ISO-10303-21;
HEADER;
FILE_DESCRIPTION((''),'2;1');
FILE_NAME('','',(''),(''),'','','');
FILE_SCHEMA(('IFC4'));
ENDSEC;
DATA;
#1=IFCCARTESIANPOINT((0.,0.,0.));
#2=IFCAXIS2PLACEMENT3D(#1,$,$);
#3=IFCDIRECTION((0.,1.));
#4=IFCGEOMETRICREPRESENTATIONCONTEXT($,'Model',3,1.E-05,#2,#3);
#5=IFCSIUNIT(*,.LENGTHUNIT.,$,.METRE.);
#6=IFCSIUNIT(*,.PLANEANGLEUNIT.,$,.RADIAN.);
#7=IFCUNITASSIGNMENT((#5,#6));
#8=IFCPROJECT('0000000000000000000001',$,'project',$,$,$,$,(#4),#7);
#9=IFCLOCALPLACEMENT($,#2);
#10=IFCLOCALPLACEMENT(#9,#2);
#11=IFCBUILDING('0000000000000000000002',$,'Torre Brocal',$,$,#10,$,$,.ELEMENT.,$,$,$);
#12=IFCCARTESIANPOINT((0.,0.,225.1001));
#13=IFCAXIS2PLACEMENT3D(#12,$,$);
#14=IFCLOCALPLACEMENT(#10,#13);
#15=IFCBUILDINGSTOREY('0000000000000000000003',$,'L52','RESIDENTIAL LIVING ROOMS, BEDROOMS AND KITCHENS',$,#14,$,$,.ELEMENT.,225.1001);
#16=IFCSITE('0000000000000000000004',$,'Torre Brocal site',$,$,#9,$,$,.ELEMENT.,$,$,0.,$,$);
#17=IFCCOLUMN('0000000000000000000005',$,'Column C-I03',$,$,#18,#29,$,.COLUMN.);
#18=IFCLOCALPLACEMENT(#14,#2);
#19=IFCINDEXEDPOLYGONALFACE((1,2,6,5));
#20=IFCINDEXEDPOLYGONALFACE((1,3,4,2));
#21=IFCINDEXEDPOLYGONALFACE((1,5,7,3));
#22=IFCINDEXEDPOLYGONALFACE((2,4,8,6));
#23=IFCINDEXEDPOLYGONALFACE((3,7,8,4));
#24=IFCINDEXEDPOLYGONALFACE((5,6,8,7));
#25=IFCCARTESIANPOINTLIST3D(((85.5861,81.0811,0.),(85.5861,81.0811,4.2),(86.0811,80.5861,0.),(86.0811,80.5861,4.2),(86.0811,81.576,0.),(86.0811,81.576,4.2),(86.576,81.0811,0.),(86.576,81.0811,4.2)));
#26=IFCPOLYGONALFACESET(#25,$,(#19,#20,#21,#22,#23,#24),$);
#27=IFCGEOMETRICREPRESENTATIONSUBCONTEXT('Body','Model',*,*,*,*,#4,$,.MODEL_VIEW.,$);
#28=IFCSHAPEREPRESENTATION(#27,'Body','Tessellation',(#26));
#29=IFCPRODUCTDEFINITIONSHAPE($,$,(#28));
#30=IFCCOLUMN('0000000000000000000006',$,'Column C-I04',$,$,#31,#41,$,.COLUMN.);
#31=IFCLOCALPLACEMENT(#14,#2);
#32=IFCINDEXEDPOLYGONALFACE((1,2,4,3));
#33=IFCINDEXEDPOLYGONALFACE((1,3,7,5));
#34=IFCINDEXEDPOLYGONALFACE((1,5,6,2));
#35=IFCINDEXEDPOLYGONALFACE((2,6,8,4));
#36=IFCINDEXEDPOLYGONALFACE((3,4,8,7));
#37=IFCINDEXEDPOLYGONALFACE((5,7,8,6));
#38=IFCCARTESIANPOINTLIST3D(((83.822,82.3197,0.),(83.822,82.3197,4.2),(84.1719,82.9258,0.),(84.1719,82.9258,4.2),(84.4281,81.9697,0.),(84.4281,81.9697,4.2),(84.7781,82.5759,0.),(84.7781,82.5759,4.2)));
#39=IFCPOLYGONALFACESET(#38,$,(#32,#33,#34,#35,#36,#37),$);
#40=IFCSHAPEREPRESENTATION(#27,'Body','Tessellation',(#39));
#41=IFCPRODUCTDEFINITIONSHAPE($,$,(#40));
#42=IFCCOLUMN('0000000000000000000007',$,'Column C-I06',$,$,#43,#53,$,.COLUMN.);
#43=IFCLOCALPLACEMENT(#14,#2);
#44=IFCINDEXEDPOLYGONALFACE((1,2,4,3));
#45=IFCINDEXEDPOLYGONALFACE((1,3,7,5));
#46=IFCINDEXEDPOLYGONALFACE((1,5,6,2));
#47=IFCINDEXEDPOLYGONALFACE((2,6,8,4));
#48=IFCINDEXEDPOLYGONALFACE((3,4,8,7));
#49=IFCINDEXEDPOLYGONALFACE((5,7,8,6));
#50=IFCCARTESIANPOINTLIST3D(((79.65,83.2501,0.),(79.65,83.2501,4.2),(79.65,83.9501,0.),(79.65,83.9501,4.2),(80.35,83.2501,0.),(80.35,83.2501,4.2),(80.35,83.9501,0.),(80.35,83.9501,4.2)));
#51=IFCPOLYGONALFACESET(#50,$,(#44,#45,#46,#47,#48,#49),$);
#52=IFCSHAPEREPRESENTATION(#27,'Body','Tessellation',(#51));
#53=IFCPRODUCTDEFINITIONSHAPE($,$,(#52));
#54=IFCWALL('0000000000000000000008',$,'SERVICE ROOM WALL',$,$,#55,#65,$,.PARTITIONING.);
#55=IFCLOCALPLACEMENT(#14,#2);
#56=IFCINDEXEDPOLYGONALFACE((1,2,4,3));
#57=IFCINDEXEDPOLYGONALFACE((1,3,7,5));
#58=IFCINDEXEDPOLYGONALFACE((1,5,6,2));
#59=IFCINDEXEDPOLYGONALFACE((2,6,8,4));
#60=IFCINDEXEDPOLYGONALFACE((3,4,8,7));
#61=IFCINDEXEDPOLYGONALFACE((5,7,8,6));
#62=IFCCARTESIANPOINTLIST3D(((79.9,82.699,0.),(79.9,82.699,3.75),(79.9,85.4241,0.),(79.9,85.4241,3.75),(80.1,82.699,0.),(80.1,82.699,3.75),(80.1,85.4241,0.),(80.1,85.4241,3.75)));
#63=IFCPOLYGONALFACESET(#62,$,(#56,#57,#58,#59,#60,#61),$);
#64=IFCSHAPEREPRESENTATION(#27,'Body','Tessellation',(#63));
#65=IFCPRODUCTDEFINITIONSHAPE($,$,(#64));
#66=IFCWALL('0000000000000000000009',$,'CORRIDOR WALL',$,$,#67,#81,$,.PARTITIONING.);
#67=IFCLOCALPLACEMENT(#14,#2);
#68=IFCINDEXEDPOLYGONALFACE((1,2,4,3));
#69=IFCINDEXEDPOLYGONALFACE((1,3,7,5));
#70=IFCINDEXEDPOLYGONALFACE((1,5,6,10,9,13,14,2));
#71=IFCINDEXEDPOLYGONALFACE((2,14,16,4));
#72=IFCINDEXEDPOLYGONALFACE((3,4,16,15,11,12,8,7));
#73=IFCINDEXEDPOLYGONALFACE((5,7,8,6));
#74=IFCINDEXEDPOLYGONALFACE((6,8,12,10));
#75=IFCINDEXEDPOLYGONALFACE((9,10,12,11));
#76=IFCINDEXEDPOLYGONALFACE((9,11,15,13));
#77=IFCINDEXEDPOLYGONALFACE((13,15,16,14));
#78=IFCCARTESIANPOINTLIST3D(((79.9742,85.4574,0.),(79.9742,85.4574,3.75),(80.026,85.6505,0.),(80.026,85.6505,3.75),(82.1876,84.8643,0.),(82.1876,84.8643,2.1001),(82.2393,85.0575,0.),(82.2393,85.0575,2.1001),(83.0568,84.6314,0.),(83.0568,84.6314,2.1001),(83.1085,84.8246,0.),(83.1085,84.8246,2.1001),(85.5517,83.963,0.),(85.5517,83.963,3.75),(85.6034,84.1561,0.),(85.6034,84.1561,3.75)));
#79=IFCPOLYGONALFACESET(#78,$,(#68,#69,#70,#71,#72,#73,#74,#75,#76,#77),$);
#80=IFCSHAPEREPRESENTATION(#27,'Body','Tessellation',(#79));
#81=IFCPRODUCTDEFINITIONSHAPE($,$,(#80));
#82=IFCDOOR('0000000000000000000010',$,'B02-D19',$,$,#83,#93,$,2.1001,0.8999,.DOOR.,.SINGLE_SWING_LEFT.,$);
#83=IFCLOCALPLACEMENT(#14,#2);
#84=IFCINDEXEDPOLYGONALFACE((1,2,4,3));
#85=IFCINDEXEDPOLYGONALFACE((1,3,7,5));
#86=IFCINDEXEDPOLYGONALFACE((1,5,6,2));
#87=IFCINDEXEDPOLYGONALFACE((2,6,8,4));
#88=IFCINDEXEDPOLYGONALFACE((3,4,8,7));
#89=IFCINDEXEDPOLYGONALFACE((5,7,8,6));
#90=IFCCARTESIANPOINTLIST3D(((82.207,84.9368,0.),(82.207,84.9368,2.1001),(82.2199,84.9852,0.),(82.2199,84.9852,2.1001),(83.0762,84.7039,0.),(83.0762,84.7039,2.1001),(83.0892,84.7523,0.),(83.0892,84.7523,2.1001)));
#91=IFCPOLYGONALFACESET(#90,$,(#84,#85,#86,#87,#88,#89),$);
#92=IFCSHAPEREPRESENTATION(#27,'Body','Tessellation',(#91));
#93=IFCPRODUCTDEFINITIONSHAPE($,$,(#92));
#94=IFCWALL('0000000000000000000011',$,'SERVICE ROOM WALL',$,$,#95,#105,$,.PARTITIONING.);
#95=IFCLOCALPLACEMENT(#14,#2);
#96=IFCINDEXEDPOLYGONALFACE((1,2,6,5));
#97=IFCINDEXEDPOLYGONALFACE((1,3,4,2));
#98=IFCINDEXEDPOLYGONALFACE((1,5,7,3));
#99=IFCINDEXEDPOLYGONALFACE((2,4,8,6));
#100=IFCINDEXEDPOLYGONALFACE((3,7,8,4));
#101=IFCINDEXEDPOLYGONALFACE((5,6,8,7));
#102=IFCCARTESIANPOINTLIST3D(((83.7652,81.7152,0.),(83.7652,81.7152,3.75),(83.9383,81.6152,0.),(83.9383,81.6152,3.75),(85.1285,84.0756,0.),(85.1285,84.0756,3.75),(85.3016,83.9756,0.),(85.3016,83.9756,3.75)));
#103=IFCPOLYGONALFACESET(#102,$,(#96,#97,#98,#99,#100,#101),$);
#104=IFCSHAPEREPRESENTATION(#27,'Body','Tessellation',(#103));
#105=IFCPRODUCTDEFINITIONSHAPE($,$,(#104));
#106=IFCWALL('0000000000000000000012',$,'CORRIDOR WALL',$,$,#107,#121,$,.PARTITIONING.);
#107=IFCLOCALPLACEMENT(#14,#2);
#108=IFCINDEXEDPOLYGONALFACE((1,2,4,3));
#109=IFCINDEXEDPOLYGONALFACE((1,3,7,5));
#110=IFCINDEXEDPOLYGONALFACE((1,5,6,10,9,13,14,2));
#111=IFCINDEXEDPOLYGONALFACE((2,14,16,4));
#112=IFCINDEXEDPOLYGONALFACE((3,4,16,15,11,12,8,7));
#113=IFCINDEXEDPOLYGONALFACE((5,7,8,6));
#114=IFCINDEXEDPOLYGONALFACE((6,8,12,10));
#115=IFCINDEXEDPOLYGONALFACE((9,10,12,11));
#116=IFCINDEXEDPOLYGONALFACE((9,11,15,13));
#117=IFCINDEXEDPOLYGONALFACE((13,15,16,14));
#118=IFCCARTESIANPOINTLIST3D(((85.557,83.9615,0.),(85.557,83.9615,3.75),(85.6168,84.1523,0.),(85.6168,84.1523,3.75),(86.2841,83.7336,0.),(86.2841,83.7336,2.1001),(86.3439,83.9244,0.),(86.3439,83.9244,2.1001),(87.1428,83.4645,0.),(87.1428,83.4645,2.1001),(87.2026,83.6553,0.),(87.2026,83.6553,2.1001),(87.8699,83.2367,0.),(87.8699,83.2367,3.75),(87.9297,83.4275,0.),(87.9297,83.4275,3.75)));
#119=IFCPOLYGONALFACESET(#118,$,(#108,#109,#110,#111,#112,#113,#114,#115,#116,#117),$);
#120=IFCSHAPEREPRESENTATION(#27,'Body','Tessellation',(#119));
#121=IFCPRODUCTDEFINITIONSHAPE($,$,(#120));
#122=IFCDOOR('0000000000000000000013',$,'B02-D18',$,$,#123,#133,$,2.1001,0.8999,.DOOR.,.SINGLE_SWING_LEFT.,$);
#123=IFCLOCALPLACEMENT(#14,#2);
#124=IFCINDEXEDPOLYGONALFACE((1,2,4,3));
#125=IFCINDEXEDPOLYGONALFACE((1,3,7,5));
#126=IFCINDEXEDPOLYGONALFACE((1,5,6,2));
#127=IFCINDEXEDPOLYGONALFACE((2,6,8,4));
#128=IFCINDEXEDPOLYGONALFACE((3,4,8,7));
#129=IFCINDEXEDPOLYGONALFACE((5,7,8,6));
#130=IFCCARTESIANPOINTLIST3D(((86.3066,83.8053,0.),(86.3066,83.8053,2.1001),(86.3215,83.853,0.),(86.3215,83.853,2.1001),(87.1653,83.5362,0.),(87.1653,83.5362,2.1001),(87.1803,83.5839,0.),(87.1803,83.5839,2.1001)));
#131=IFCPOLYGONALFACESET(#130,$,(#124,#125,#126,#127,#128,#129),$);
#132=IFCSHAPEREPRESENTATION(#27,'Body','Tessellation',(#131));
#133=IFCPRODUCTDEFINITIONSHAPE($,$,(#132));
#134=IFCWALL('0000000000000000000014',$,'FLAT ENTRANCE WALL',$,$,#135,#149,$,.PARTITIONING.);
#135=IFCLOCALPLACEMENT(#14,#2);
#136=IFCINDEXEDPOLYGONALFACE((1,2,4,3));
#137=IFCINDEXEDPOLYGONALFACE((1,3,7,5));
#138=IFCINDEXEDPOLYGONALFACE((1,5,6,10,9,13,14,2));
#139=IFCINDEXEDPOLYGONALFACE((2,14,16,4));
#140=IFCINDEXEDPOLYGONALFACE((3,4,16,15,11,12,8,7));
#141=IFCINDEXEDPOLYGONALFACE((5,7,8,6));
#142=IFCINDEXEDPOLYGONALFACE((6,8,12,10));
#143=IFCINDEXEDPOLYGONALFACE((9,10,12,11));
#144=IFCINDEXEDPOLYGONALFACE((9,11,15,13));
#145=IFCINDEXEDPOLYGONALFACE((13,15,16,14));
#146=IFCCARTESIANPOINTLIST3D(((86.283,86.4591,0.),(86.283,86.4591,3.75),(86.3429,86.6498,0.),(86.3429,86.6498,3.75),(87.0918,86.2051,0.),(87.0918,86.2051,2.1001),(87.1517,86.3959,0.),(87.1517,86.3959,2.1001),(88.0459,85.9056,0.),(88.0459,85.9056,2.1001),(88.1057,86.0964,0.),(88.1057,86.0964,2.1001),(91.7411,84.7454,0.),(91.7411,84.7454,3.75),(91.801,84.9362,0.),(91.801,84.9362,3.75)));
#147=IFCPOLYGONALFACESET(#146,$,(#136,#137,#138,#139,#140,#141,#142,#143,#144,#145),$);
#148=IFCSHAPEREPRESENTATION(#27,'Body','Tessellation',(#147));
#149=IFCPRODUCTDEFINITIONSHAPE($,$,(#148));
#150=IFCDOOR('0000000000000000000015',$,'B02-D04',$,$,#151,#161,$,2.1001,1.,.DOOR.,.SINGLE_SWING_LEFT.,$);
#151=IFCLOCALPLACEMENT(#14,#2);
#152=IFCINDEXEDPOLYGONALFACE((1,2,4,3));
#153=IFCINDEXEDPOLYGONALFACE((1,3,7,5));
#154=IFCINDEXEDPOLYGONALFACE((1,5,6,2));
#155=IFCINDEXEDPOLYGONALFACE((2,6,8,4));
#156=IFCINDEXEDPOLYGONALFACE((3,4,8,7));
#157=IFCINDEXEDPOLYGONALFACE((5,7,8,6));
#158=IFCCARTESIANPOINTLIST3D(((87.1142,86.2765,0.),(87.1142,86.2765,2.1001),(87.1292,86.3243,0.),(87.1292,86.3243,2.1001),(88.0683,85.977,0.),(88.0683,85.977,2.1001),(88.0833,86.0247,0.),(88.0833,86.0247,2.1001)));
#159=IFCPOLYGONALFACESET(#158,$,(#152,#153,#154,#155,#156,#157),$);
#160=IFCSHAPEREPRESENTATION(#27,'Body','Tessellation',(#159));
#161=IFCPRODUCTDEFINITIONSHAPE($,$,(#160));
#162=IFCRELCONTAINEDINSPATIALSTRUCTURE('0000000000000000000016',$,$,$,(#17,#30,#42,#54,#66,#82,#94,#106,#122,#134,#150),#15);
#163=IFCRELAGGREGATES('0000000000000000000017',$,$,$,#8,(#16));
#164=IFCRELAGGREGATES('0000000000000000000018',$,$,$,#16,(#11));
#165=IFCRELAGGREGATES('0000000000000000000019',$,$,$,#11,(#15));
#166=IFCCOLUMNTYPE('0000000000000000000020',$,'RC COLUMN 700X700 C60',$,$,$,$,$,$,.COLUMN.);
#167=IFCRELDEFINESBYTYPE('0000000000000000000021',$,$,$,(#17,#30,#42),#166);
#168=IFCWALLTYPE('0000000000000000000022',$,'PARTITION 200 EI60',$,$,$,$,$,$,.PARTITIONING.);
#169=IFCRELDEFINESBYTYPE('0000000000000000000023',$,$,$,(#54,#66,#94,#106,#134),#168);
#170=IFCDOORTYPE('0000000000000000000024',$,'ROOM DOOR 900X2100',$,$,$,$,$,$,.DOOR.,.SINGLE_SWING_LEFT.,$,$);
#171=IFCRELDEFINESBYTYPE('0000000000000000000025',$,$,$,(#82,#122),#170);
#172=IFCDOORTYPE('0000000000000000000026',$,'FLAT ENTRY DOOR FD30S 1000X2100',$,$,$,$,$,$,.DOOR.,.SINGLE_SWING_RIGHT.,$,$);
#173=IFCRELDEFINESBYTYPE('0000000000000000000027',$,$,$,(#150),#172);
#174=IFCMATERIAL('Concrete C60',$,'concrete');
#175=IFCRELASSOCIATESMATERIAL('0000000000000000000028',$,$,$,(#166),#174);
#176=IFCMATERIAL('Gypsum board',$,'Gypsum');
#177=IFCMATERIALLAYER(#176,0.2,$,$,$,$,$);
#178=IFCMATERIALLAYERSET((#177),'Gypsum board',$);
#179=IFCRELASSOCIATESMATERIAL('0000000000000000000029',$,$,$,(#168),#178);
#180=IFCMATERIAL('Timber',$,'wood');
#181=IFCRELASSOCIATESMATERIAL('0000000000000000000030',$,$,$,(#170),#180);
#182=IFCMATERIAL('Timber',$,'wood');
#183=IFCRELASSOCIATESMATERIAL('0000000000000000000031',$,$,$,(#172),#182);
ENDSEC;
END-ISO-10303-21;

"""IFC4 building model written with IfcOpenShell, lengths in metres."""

from ifc_helpers import new_model, si_unit, direction, frame, frame_2d, origin, origin_2d, place, context, subcontext, project, spatial, rectangle, extrude, material, layer, layer_set, material_profile, profile_set, type_object, element, fill, save


model = new_model("IFC4")

# Units and contexts
model_context = context("Model", 3, precision=1e-05, world=origin(), true_north=direction((0.0, 1.0)))
body_context = subcontext(model_context, "Body", "Model", "MODEL_VIEW")
ifc_project = project(units=[si_unit("LENGTHUNIT", "METRE"), si_unit("PLANEANGLEUNIT", "RADIAN")], contexts=[model_context])

# Site, building, storey
site_placement = place(None, origin())
site = spatial("IfcSite", under=ifc_project, at=site_placement, Name="Torre Brocal site", CompositionType="ELEMENT", RefElevation=0.0)
building_placement = place(site_placement, origin())
building = spatial("IfcBuilding", under=site, at=building_placement, Name="Torre Brocal", CompositionType="ELEMENT")
storey_placement = place(building_placement, frame((0.0, 0.0, 225.1001)))
storey = spatial("IfcBuildingStorey", under=building, at=storey_placement, Name="L52", Description="RESIDENTIAL LIVING ROOMS, BEDROOMS AND KITCHENS", CompositionType="ELEMENT", Elevation=225.1001)

# Columns
ifc_material_1 = material(Name="Concrete C60", Category="concrete")
ifc_material_profile = material_profile(ifc_material_1, rectangle(XDim=0.7, YDim=0.7, at=origin_2d()), Name="RC 700X700")
ifc_profile_set = profile_set([ifc_material_profile], Name="Concrete C60")
column_type = type_object("IfcColumnType", Name="RC COLUMN 700X700 C60", PredefinedType="COLUMN", material=ifc_profile_set)
for number, where, z_axis, x_axis, name in (
    (1, (86.0811, 81.0811, 0.0), (0.0, 0.0, 1.0), (0.707107, 0.707107, 0.0), "Column C-I03"),
    (2, (84.3, 82.4478, 0.0), (0.0, 0.0, 1.0), (0.5, 0.866025, 0.0), "Column C-I04"),
    (3, (80.0, 83.6001, 0.0), (0.0, 0.0, 1.0), (0.0, 1.0, 0.0), "Column C-I06"),
):
    element("IfcColumn", number, at=place(storey_placement, frame(where, z_axis=z_axis, x_axis=x_axis)), inside=storey, type_object=column_type, Name=name, PredefinedType="COLUMN", context=body_context, shape_type="SweptSolid", body=[
        extrude(rectangle(XDim=0.7, YDim=0.7, at=origin_2d()), origin(), (0.0, 0.0, 1.0), 4.2),
    ])

# Wall
ifc_material_2 = material(Name="Gypsum board", Category="Gypsum")
ifc_layer_1 = layer(ifc_material_2, 0.2)
ifc_layer_set_1 = layer_set([ifc_layer_1], Name="Gypsum board")
wall_type_1 = type_object("IfcWallType", Name="PARTITION 200 EI60", PredefinedType="PARTITIONING", material=ifc_layer_set_1)
wall_1_placement = place(storey_placement, frame((80.0, 82.699, 0.0), z_axis=(0.0, 0.0, 1.0), x_axis=(0.0, 1.0, 0.0)))
element("IfcWall", 4, at=wall_1_placement, inside=storey, type_object=wall_type_1, Name="SERVICE ROOM WALL", PredefinedType="PARTITIONING", context=body_context, shape_type="SweptSolid", body=[
    extrude(rectangle(XDim=2.7251, YDim=0.2, at=frame_2d((1.3625, 0.0))), origin(), (0.0, 0.0, 1.0), 3.75),
])

# Wall, opening, door
wall_2_placement = place(storey_placement, frame((80.0, 85.554, 0.0), z_axis=(0.0, 0.0, 1.0), x_axis=(0.965929, -0.258807, 0.0)))
wall_2 = element("IfcWall", 5, at=wall_2_placement, inside=storey, type_object=wall_type_1, Name="CORRIDOR WALL", PredefinedType="PARTITIONING", context=body_context, shape_type="SweptSolid", body=[
    extrude(rectangle(XDim=5.7742, YDim=0.2, at=frame_2d((2.8872, 0.0))), origin(), (0.0, 0.0, 1.0), 3.75),
])
opening_1_placement = place(wall_2_placement, frame((2.2915, 0.0, 0.0)))
opening_1 = element("IfcOpeningElement", 6, at=opening_1_placement, cuts=wall_2, PredefinedType="OPENING", context=body_context, shape_type="SweptSolid", body=[
    extrude(rectangle(XDim=0.8999, YDim=2.1001, at=frame_2d((0.45, 1.05))), frame((0.0, 0.1099, 0.0), z_axis=(0.0, -1.0, 0.0), x_axis=(1.0, 0.0, 0.0)), (0.0, 0.0, 1.0), 0.22),
])
ifc_material_3 = material(Name="Timber", Category="wood")
door_type_1 = type_object("IfcDoorType", Name="ROOM DOOR 900X2100", OperationType="SINGLE_SWING_LEFT", PredefinedType="DOOR", material=ifc_material_3)
door_1_placement = place(opening_1_placement, frame((0.8999, 0.0, 0.0), z_axis=(0.0, 0.0, 1.0), x_axis=(-1.0, 0.0, 0.0)))
door_1 = element("IfcDoor", 7, at=door_1_placement, inside=storey, type_object=door_type_1, Name="B02-D19", OperationType="SINGLE_SWING_LEFT", OverallHeight=2.1001, OverallWidth=0.8999, PredefinedType="DOOR", context=body_context, shape_type="SweptSolid", body=[
    extrude(rectangle(XDim=0.8999, YDim=2.1001, at=frame_2d((0.45, 1.05))), frame((0.0, 0.0249, 0.0), z_axis=(0.0, -1.0, 0.0), x_axis=(1.0, 0.0, 0.0)), (0.0, 0.0, 1.0), 0.05),
])
fill(opening_1, door_1)

# Wall
wall_3_placement = place(storey_placement, frame((83.8518, 81.6653, 0.0), z_axis=(0.0, 0.0, 1.0), x_axis=(0.500146, 0.865941, 0.0)))
element("IfcWall", 8, at=wall_3_placement, inside=storey, type_object=wall_type_1, Name="SERVICE ROOM WALL", PredefinedType="PARTITIONING", context=body_context, shape_type="SweptSolid", body=[
    extrude(rectangle(XDim=2.7258, YDim=0.2, at=frame_2d((1.3628, 0.0))), origin(), (0.0, 0.0, 1.0), 3.75),
])

# Walls, openings, doors
wall_4_placement = place(storey_placement, frame((85.5869, 84.0569, 0.0), z_axis=(0.0, 0.0, 1.0), x_axis=(0.95424, -0.299043, 0.0)))
wall_4 = element("IfcWall", 9, at=wall_4_placement, inside=storey, type_object=wall_type_1, Name="CORRIDOR WALL", PredefinedType="PARTITIONING", context=body_context, shape_type="SweptSolid", body=[
    extrude(rectangle(XDim=2.4238, YDim=0.2, at=frame_2d((1.2119, 0.0))), origin(), (0.0, 0.0, 1.0), 3.75),
])
opening_2_placement = place(wall_4_placement, frame((0.762, 0.0, 0.0)))
opening_2 = element("IfcOpeningElement", 10, at=opening_2_placement, cuts=wall_4, PredefinedType="OPENING", context=body_context, shape_type="SweptSolid", body=[
    extrude(rectangle(XDim=0.8999, YDim=2.1001, at=frame_2d((0.45, 1.05))), frame((0.0, 0.1099, 0.0), z_axis=(0.0, -1.0, 0.0), x_axis=(1.0, 0.0, 0.0)), (0.0, 0.0, 1.0), 0.22),
])
door_2_placement = place(opening_2_placement, frame((0.8999, 0.0, 0.0), z_axis=(0.0, 0.0, 1.0), x_axis=(-1.0, 0.0, 0.0)))
door_2 = element("IfcDoor", 11, at=door_2_placement, inside=storey, type_object=door_type_1, Name="B02-D18", OperationType="SINGLE_SWING_LEFT", OverallHeight=2.1001, OverallWidth=0.8999, PredefinedType="DOOR", context=body_context, shape_type="SweptSolid", body=[
    extrude(rectangle(XDim=0.8999, YDim=2.1001, at=frame_2d((0.45, 1.05))), frame((0.0, 0.0249, 0.0), z_axis=(0.0, -1.0, 0.0), x_axis=(1.0, 0.0, 0.0)), (0.0, 0.0, 1.0), 0.05),
])
fill(opening_2, door_2)
wall_5_placement = place(storey_placement, frame((86.313, 86.5544, 0.0), z_axis=(0.0, 0.0, 1.0), x_axis=(0.954081, -0.299548, 0.0)))
wall_5 = element("IfcWall", 12, at=wall_5_placement, inside=storey, type_object=wall_type_1, Name="FLAT ENTRANCE WALL", PredefinedType="PARTITIONING", context=body_context, shape_type="SweptSolid", body=[
    extrude(rectangle(XDim=5.7207, YDim=0.2, at=frame_2d((2.8604, 0.0))), origin(), (0.0, 0.0, 1.0), 3.75),
])
opening_3_placement = place(wall_5_placement, frame((0.8477, 0.0, 0.0)))
opening_3 = element("IfcOpeningElement", 13, at=opening_3_placement, cuts=wall_5, PredefinedType="OPENING", context=body_context, shape_type="SweptSolid", body=[
    extrude(rectangle(XDim=1.0, YDim=2.1001, at=frame_2d((0.5, 1.05))), frame((0.0, 0.1099, 0.0), z_axis=(0.0, -1.0, 0.0), x_axis=(1.0, 0.0, 0.0)), (0.0, 0.0, 1.0), 0.22),
])
ifc_material_4 = material(Name="Timber", Category="wood")
door_type_2 = type_object("IfcDoorType", Name="FLAT ENTRY DOOR FD30S 1000X2100", OperationType="SINGLE_SWING_RIGHT", PredefinedType="DOOR", material=ifc_material_4)
door_3_placement = place(opening_3_placement, origin())
door_3 = element("IfcDoor", 14, at=door_3_placement, inside=storey, type_object=door_type_2, Name="B02-D04", OperationType="SINGLE_SWING_LEFT", OverallHeight=2.1001, OverallWidth=1.0, PredefinedType="DOOR", context=body_context, shape_type="SweptSolid", body=[
    extrude(rectangle(XDim=1.0, YDim=2.1001, at=frame_2d((0.5, 1.05))), frame((0.0, 0.0249, 0.0), z_axis=(0.0, -1.0, 0.0), x_axis=(1.0, 0.0, 0.0)), (0.0, 0.0, 1.0), 0.05),
])
fill(opening_3, door_3)

save(model, "model.ifc")
